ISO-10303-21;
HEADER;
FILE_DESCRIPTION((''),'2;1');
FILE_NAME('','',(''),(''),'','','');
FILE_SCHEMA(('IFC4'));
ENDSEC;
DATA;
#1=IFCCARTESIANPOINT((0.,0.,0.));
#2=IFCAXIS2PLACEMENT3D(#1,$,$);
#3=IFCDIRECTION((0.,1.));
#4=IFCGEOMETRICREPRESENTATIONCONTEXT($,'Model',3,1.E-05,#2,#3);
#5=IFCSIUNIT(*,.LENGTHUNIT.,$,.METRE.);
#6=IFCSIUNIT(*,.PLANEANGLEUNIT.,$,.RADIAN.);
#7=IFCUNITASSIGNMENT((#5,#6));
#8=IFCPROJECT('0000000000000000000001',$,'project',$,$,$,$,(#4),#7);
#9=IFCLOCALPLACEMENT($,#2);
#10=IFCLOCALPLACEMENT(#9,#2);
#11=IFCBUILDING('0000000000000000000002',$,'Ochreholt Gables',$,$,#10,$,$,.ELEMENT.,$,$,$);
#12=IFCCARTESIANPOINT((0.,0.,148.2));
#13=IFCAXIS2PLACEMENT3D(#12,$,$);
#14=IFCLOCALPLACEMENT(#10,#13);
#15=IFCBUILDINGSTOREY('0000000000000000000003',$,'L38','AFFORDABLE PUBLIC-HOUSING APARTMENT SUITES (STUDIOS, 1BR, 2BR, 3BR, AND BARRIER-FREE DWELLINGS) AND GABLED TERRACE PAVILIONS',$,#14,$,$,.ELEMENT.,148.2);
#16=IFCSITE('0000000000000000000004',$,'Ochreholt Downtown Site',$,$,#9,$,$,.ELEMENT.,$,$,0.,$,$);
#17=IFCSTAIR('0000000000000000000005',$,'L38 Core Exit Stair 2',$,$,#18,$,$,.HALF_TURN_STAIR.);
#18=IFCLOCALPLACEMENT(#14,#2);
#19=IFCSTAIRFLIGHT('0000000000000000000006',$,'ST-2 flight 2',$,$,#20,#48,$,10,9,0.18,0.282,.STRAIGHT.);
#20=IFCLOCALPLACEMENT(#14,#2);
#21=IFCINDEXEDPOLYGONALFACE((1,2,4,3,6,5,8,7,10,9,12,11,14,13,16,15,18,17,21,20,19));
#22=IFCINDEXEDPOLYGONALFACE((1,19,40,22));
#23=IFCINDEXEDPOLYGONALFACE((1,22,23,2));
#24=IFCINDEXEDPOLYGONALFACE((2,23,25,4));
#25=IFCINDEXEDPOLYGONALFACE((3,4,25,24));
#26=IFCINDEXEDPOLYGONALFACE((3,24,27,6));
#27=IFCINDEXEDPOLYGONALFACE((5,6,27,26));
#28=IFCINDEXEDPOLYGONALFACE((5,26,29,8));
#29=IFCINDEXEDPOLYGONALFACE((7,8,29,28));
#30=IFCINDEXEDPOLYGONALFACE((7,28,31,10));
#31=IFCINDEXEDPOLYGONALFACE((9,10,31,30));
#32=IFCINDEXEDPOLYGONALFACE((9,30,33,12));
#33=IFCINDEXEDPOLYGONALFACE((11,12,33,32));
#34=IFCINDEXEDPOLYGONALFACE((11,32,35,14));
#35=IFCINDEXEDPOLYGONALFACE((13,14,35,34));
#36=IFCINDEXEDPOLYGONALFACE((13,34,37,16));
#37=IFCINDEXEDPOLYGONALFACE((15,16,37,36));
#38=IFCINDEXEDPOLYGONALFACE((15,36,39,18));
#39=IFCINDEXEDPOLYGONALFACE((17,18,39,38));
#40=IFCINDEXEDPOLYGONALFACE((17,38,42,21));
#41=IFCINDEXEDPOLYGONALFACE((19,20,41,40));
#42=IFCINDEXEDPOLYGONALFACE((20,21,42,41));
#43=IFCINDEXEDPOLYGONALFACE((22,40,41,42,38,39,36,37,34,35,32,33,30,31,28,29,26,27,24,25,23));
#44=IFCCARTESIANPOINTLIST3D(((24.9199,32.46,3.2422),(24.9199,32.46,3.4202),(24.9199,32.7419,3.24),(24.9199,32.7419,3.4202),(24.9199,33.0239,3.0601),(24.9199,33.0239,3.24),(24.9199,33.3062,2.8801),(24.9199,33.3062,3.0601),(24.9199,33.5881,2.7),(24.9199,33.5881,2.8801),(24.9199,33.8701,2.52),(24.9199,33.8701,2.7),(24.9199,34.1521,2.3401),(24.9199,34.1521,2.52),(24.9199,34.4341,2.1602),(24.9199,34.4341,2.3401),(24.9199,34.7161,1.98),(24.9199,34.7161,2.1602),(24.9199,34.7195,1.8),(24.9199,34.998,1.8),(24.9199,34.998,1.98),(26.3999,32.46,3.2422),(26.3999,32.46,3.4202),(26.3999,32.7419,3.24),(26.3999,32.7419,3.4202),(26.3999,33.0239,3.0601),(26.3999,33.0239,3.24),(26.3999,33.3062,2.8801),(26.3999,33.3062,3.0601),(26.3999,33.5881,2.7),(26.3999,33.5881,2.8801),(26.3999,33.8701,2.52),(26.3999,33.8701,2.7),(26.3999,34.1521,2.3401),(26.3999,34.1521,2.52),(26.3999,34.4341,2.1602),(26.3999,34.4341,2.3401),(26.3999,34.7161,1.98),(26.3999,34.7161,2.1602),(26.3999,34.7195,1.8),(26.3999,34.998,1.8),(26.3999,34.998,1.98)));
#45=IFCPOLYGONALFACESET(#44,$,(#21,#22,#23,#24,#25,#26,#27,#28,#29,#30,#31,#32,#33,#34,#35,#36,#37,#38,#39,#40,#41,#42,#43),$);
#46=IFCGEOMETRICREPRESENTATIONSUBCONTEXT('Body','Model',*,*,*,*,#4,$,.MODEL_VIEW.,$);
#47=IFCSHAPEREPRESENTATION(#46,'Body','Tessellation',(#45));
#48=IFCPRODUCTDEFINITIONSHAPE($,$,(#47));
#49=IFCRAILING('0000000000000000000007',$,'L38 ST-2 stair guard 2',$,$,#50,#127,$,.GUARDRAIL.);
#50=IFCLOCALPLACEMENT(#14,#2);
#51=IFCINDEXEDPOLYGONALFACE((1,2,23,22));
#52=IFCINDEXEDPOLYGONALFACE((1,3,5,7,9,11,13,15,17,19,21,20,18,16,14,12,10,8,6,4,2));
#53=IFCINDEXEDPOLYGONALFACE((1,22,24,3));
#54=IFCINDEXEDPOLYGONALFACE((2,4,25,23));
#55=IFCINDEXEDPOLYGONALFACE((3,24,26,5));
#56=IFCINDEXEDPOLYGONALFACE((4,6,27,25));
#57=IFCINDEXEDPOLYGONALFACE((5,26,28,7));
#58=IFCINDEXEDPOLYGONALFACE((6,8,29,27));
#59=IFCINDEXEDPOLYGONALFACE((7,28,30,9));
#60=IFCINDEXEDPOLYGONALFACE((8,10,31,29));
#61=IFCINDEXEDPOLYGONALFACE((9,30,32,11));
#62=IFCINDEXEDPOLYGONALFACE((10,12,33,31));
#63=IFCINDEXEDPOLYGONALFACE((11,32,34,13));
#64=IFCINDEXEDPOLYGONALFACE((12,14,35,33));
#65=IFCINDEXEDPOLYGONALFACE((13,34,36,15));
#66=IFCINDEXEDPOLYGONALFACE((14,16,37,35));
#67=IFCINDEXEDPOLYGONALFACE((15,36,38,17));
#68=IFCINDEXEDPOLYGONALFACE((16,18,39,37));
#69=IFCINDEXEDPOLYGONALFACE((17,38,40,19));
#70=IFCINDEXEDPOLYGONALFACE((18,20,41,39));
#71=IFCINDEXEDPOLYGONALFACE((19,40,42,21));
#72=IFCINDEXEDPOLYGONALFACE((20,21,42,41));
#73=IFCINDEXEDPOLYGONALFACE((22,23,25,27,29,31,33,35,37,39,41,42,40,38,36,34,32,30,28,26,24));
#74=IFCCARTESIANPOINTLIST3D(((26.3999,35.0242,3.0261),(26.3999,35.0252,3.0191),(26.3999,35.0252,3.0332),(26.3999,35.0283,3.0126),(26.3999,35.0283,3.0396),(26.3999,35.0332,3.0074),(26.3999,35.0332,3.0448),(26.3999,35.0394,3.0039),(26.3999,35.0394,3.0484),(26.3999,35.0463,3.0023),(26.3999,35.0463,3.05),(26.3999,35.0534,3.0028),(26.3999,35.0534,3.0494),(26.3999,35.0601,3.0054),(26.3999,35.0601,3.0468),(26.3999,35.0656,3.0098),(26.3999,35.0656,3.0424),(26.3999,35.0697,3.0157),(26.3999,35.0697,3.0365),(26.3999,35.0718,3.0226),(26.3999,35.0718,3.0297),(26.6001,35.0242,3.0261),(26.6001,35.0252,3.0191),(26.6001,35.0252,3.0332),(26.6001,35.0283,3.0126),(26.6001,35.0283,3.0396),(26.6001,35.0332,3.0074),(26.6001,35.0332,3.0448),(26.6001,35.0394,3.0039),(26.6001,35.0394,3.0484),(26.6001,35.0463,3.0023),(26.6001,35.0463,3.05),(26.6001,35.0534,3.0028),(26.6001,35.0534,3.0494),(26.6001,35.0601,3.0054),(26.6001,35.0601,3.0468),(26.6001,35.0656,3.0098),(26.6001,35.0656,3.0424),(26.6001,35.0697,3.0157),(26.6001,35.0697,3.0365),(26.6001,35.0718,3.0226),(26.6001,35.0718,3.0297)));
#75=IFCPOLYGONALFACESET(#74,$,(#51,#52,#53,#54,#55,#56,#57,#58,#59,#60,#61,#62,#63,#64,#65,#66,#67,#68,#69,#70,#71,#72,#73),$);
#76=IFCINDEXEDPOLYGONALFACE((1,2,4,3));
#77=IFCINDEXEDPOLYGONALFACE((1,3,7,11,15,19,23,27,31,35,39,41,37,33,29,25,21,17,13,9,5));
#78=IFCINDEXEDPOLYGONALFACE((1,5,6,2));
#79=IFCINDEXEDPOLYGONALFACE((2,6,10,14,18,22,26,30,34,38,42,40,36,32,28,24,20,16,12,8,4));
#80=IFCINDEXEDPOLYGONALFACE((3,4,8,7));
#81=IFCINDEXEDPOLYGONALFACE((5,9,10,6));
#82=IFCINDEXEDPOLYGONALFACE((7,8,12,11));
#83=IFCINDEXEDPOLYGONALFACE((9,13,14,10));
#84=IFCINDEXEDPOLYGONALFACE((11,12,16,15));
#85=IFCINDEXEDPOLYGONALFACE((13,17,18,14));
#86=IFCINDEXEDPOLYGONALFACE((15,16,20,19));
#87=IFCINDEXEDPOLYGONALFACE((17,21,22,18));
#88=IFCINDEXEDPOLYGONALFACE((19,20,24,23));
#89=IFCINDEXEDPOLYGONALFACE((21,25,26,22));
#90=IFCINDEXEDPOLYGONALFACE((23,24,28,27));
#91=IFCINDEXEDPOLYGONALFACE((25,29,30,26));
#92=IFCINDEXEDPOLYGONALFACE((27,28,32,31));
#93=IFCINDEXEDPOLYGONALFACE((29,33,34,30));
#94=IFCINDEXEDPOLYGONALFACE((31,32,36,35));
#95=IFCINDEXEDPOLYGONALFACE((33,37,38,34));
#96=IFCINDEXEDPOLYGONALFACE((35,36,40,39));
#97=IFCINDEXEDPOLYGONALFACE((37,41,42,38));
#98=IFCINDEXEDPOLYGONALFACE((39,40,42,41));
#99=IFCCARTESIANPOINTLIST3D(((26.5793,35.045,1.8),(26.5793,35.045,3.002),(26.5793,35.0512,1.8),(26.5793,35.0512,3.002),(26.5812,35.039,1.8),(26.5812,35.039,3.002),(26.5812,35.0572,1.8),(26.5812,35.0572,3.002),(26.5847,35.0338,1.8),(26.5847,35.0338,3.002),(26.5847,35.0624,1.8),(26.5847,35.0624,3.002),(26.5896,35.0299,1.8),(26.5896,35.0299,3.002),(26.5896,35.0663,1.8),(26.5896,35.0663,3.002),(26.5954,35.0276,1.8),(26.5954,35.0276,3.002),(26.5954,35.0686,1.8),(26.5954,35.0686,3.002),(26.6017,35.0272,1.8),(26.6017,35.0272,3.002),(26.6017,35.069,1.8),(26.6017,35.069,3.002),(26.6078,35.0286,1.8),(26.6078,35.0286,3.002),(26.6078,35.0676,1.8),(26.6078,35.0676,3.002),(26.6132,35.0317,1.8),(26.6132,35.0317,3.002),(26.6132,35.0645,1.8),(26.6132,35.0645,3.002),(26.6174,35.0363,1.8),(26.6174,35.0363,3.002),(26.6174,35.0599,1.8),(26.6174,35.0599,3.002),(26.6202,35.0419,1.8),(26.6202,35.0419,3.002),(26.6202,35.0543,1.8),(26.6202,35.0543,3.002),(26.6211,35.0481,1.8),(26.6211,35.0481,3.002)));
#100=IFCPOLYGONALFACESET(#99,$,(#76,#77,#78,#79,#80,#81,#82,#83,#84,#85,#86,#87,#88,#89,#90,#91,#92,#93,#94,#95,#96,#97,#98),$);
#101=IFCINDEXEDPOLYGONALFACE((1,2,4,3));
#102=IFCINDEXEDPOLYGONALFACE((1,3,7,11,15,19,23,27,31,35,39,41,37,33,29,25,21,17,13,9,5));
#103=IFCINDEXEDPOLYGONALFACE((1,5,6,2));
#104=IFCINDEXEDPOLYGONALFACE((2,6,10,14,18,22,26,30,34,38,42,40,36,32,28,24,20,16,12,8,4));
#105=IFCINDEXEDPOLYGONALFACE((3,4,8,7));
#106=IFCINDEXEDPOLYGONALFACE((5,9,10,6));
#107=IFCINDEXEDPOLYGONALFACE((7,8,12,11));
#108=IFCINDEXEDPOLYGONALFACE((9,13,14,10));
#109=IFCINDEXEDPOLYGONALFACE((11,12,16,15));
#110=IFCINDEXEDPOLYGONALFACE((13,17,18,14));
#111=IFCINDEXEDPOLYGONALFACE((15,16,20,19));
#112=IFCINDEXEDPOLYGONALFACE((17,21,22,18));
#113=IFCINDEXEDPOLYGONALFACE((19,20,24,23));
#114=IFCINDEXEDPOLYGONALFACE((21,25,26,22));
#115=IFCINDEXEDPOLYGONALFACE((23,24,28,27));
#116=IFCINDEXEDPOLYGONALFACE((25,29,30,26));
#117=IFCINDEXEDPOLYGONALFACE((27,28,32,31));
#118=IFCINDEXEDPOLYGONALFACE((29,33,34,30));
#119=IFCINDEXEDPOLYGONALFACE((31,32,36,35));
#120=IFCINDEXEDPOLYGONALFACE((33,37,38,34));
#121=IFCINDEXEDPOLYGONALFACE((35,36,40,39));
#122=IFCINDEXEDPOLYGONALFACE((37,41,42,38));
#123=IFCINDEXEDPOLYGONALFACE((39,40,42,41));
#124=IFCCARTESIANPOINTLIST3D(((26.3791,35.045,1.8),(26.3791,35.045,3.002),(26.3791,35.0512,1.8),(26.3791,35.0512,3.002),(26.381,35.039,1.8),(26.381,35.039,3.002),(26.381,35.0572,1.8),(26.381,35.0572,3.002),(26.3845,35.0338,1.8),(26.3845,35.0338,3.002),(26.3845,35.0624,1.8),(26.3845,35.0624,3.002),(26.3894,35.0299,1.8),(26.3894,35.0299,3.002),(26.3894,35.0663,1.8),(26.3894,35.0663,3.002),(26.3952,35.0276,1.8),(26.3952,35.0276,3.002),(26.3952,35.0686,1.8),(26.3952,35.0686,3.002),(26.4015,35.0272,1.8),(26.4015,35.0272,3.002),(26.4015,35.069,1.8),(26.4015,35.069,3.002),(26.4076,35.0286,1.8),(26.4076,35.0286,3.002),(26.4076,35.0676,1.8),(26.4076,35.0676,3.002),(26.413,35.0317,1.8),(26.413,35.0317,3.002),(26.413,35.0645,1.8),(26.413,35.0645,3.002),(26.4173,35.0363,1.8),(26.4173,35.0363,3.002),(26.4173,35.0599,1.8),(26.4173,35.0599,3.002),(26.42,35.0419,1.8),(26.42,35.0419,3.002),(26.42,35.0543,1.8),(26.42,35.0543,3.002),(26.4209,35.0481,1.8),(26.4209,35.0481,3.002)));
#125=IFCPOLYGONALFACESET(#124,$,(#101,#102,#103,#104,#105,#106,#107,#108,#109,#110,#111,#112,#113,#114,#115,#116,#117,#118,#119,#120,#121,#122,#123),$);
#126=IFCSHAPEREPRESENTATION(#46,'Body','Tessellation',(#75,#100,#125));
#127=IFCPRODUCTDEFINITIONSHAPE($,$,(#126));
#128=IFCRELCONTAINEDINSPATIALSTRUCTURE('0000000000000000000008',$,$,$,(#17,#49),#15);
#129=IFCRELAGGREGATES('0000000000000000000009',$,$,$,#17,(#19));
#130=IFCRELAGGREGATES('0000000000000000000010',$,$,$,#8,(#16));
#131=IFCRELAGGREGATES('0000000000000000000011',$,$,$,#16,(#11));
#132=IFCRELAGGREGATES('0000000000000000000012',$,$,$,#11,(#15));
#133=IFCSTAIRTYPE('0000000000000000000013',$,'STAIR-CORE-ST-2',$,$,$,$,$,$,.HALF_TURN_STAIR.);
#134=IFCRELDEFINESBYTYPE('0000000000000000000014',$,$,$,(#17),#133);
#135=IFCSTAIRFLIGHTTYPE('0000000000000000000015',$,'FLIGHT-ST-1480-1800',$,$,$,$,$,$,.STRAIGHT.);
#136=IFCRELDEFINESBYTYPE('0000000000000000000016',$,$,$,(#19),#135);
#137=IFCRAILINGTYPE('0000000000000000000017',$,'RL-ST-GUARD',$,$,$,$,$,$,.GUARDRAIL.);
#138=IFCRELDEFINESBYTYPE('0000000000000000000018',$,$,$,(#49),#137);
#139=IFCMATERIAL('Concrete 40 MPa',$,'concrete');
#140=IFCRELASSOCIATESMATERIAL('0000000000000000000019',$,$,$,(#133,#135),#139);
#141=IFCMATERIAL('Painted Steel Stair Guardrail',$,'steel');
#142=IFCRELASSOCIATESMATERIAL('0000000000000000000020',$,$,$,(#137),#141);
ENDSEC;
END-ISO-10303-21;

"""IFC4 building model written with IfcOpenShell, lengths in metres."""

from ifc_helpers import new_model, si_unit, direction, frame, origin, origin_2d, place, context, subcontext, project, spatial, polyline, circle, outline, extrude, material, type_object, element, aggregate, save


model = new_model("IFC4")

# Units and contexts
model_context = context("Model", 3, precision=1e-05, world=origin(), true_north=direction((0.0, 1.0)))
body_context = subcontext(model_context, "Body", "Model", "MODEL_VIEW")
ifc_project = project(units=[si_unit("LENGTHUNIT", "METRE"), si_unit("PLANEANGLEUNIT", "RADIAN")], contexts=[model_context])

# Site, building, storey
site_placement = place(None, origin())
site = spatial("IfcSite", under=ifc_project, at=site_placement, Name="Ochreholt Downtown Site", CompositionType="ELEMENT", RefElevation=0.0)
building_placement = place(site_placement, origin())
building = spatial("IfcBuilding", under=site, at=building_placement, Name="Ochreholt Gables", CompositionType="ELEMENT")
storey_placement = place(building_placement, frame((0.0, 0.0, 148.2)))
storey = spatial("IfcBuildingStorey", under=building, at=storey_placement, Name="L38", Description="AFFORDABLE PUBLIC-HOUSING APARTMENT SUITES (STUDIOS, 1BR, 2BR, 3BR, AND BARRIER-FREE DWELLINGS) AND GABLED TERRACE PAVILIONS", CompositionType="ELEMENT", Elevation=148.2)

# Stair, stair flight
ifc_material_1 = material(Name="Concrete 40 MPa", Category="concrete")
stair_type = type_object("IfcStairType", Name="STAIR-CORE-ST-2", PredefinedType="HALF_TURN_STAIR", material=ifc_material_1)
stair_placement = place(storey_placement, origin())
stair = element("IfcStair", 1, at=stair_placement, inside=storey, type_object=stair_type, Name="L38 Core Exit Stair 2", PredefinedType="HALF_TURN_STAIR")
stair_flight_type = type_object("IfcStairFlightType", Name="FLIGHT-ST-1480-1800", PredefinedType="STRAIGHT", material=ifc_material_1)
stair_flight_1_placement = place(storey_placement, frame((25.6599, 34.998, 1.8), z_axis=(0.0, 0.0, 1.0), x_axis=(0.0, -1.0, 0.0)))
stair_flight_1 = element("IfcStairFlight", 2, at=stair_flight_1_placement, type_object=stair_flight_type, Name="ST-2 flight 2", NumberOfRisers=10, NumberOfTreads=9, PredefinedType="STRAIGHT", RiserHeight=0.18, TreadLength=0.282, context=body_context, shape_type="SweptSolid", body=[
    extrude(outline(polyline([(0.0, 0.0), (0.0, 0.1799), (0.282, 0.1799), (0.282, 0.3601), (0.564, 0.3601), (0.564, 0.54), (0.8459, 0.54), (0.8459, 0.72), (1.1279, 0.72), (1.1279, 0.8999), (1.4099, 0.8999), (1.4099, 1.0801), (1.6919, 1.0801), (1.6919, 1.26), (1.9741, 1.26), (1.9741, 1.4399), (2.2561, 1.4399), (2.2561, 1.6201), (2.5381, 1.6201), (2.5381, 1.8), (2.5381, 1.4421), (0.2786, 0.0), (0.0, 0.0)])), frame((0.0, 0.74, 0.0), z_axis=(0.0, -1.0, 0.0), x_axis=(1.0, 0.0, 0.0)), (0.0, 0.0, 1.0), 1.48),
])
aggregate(stair, [stair_flight_1])

# Railing
ifc_material_2 = material(Name="Painted Steel Stair Guardrail", Category="steel")
railing_type_1 = type_object("IfcRailingType", Name="RL-ST-GUARD", PredefinedType="GUARDRAIL", material=ifc_material_2)
railing_1_placement = place(storey_placement, frame((26.6001, 35.0481, 1.8)))
element("IfcRailing", 3, at=railing_1_placement, inside=storey, type_object=railing_type_1, Name="L38 ST-2 stair guard 2", PredefinedType="GUARDRAIL", context=body_context, shape_type="SweptSolid", body=[
    extrude(circle(Radius=0.0239, at=origin_2d()), frame((0.0, 0.0, 1.2261), z_axis=(-1.0, 0.0, 0.0), x_axis=(0.0, -1.0, 0.0)), (0.0, 0.0, 1.0), 0.2002),
    extrude(circle(Radius=0.021, at=origin_2d()), origin(), (0.0, 0.0, 1.0), 1.2019),
    extrude(circle(Radius=0.021, at=origin_2d()), frame((-0.2002, 0.0, 0.0)), (0.0, 0.0, 1.0), 1.2019),
])

save(model, "model.ifc")
